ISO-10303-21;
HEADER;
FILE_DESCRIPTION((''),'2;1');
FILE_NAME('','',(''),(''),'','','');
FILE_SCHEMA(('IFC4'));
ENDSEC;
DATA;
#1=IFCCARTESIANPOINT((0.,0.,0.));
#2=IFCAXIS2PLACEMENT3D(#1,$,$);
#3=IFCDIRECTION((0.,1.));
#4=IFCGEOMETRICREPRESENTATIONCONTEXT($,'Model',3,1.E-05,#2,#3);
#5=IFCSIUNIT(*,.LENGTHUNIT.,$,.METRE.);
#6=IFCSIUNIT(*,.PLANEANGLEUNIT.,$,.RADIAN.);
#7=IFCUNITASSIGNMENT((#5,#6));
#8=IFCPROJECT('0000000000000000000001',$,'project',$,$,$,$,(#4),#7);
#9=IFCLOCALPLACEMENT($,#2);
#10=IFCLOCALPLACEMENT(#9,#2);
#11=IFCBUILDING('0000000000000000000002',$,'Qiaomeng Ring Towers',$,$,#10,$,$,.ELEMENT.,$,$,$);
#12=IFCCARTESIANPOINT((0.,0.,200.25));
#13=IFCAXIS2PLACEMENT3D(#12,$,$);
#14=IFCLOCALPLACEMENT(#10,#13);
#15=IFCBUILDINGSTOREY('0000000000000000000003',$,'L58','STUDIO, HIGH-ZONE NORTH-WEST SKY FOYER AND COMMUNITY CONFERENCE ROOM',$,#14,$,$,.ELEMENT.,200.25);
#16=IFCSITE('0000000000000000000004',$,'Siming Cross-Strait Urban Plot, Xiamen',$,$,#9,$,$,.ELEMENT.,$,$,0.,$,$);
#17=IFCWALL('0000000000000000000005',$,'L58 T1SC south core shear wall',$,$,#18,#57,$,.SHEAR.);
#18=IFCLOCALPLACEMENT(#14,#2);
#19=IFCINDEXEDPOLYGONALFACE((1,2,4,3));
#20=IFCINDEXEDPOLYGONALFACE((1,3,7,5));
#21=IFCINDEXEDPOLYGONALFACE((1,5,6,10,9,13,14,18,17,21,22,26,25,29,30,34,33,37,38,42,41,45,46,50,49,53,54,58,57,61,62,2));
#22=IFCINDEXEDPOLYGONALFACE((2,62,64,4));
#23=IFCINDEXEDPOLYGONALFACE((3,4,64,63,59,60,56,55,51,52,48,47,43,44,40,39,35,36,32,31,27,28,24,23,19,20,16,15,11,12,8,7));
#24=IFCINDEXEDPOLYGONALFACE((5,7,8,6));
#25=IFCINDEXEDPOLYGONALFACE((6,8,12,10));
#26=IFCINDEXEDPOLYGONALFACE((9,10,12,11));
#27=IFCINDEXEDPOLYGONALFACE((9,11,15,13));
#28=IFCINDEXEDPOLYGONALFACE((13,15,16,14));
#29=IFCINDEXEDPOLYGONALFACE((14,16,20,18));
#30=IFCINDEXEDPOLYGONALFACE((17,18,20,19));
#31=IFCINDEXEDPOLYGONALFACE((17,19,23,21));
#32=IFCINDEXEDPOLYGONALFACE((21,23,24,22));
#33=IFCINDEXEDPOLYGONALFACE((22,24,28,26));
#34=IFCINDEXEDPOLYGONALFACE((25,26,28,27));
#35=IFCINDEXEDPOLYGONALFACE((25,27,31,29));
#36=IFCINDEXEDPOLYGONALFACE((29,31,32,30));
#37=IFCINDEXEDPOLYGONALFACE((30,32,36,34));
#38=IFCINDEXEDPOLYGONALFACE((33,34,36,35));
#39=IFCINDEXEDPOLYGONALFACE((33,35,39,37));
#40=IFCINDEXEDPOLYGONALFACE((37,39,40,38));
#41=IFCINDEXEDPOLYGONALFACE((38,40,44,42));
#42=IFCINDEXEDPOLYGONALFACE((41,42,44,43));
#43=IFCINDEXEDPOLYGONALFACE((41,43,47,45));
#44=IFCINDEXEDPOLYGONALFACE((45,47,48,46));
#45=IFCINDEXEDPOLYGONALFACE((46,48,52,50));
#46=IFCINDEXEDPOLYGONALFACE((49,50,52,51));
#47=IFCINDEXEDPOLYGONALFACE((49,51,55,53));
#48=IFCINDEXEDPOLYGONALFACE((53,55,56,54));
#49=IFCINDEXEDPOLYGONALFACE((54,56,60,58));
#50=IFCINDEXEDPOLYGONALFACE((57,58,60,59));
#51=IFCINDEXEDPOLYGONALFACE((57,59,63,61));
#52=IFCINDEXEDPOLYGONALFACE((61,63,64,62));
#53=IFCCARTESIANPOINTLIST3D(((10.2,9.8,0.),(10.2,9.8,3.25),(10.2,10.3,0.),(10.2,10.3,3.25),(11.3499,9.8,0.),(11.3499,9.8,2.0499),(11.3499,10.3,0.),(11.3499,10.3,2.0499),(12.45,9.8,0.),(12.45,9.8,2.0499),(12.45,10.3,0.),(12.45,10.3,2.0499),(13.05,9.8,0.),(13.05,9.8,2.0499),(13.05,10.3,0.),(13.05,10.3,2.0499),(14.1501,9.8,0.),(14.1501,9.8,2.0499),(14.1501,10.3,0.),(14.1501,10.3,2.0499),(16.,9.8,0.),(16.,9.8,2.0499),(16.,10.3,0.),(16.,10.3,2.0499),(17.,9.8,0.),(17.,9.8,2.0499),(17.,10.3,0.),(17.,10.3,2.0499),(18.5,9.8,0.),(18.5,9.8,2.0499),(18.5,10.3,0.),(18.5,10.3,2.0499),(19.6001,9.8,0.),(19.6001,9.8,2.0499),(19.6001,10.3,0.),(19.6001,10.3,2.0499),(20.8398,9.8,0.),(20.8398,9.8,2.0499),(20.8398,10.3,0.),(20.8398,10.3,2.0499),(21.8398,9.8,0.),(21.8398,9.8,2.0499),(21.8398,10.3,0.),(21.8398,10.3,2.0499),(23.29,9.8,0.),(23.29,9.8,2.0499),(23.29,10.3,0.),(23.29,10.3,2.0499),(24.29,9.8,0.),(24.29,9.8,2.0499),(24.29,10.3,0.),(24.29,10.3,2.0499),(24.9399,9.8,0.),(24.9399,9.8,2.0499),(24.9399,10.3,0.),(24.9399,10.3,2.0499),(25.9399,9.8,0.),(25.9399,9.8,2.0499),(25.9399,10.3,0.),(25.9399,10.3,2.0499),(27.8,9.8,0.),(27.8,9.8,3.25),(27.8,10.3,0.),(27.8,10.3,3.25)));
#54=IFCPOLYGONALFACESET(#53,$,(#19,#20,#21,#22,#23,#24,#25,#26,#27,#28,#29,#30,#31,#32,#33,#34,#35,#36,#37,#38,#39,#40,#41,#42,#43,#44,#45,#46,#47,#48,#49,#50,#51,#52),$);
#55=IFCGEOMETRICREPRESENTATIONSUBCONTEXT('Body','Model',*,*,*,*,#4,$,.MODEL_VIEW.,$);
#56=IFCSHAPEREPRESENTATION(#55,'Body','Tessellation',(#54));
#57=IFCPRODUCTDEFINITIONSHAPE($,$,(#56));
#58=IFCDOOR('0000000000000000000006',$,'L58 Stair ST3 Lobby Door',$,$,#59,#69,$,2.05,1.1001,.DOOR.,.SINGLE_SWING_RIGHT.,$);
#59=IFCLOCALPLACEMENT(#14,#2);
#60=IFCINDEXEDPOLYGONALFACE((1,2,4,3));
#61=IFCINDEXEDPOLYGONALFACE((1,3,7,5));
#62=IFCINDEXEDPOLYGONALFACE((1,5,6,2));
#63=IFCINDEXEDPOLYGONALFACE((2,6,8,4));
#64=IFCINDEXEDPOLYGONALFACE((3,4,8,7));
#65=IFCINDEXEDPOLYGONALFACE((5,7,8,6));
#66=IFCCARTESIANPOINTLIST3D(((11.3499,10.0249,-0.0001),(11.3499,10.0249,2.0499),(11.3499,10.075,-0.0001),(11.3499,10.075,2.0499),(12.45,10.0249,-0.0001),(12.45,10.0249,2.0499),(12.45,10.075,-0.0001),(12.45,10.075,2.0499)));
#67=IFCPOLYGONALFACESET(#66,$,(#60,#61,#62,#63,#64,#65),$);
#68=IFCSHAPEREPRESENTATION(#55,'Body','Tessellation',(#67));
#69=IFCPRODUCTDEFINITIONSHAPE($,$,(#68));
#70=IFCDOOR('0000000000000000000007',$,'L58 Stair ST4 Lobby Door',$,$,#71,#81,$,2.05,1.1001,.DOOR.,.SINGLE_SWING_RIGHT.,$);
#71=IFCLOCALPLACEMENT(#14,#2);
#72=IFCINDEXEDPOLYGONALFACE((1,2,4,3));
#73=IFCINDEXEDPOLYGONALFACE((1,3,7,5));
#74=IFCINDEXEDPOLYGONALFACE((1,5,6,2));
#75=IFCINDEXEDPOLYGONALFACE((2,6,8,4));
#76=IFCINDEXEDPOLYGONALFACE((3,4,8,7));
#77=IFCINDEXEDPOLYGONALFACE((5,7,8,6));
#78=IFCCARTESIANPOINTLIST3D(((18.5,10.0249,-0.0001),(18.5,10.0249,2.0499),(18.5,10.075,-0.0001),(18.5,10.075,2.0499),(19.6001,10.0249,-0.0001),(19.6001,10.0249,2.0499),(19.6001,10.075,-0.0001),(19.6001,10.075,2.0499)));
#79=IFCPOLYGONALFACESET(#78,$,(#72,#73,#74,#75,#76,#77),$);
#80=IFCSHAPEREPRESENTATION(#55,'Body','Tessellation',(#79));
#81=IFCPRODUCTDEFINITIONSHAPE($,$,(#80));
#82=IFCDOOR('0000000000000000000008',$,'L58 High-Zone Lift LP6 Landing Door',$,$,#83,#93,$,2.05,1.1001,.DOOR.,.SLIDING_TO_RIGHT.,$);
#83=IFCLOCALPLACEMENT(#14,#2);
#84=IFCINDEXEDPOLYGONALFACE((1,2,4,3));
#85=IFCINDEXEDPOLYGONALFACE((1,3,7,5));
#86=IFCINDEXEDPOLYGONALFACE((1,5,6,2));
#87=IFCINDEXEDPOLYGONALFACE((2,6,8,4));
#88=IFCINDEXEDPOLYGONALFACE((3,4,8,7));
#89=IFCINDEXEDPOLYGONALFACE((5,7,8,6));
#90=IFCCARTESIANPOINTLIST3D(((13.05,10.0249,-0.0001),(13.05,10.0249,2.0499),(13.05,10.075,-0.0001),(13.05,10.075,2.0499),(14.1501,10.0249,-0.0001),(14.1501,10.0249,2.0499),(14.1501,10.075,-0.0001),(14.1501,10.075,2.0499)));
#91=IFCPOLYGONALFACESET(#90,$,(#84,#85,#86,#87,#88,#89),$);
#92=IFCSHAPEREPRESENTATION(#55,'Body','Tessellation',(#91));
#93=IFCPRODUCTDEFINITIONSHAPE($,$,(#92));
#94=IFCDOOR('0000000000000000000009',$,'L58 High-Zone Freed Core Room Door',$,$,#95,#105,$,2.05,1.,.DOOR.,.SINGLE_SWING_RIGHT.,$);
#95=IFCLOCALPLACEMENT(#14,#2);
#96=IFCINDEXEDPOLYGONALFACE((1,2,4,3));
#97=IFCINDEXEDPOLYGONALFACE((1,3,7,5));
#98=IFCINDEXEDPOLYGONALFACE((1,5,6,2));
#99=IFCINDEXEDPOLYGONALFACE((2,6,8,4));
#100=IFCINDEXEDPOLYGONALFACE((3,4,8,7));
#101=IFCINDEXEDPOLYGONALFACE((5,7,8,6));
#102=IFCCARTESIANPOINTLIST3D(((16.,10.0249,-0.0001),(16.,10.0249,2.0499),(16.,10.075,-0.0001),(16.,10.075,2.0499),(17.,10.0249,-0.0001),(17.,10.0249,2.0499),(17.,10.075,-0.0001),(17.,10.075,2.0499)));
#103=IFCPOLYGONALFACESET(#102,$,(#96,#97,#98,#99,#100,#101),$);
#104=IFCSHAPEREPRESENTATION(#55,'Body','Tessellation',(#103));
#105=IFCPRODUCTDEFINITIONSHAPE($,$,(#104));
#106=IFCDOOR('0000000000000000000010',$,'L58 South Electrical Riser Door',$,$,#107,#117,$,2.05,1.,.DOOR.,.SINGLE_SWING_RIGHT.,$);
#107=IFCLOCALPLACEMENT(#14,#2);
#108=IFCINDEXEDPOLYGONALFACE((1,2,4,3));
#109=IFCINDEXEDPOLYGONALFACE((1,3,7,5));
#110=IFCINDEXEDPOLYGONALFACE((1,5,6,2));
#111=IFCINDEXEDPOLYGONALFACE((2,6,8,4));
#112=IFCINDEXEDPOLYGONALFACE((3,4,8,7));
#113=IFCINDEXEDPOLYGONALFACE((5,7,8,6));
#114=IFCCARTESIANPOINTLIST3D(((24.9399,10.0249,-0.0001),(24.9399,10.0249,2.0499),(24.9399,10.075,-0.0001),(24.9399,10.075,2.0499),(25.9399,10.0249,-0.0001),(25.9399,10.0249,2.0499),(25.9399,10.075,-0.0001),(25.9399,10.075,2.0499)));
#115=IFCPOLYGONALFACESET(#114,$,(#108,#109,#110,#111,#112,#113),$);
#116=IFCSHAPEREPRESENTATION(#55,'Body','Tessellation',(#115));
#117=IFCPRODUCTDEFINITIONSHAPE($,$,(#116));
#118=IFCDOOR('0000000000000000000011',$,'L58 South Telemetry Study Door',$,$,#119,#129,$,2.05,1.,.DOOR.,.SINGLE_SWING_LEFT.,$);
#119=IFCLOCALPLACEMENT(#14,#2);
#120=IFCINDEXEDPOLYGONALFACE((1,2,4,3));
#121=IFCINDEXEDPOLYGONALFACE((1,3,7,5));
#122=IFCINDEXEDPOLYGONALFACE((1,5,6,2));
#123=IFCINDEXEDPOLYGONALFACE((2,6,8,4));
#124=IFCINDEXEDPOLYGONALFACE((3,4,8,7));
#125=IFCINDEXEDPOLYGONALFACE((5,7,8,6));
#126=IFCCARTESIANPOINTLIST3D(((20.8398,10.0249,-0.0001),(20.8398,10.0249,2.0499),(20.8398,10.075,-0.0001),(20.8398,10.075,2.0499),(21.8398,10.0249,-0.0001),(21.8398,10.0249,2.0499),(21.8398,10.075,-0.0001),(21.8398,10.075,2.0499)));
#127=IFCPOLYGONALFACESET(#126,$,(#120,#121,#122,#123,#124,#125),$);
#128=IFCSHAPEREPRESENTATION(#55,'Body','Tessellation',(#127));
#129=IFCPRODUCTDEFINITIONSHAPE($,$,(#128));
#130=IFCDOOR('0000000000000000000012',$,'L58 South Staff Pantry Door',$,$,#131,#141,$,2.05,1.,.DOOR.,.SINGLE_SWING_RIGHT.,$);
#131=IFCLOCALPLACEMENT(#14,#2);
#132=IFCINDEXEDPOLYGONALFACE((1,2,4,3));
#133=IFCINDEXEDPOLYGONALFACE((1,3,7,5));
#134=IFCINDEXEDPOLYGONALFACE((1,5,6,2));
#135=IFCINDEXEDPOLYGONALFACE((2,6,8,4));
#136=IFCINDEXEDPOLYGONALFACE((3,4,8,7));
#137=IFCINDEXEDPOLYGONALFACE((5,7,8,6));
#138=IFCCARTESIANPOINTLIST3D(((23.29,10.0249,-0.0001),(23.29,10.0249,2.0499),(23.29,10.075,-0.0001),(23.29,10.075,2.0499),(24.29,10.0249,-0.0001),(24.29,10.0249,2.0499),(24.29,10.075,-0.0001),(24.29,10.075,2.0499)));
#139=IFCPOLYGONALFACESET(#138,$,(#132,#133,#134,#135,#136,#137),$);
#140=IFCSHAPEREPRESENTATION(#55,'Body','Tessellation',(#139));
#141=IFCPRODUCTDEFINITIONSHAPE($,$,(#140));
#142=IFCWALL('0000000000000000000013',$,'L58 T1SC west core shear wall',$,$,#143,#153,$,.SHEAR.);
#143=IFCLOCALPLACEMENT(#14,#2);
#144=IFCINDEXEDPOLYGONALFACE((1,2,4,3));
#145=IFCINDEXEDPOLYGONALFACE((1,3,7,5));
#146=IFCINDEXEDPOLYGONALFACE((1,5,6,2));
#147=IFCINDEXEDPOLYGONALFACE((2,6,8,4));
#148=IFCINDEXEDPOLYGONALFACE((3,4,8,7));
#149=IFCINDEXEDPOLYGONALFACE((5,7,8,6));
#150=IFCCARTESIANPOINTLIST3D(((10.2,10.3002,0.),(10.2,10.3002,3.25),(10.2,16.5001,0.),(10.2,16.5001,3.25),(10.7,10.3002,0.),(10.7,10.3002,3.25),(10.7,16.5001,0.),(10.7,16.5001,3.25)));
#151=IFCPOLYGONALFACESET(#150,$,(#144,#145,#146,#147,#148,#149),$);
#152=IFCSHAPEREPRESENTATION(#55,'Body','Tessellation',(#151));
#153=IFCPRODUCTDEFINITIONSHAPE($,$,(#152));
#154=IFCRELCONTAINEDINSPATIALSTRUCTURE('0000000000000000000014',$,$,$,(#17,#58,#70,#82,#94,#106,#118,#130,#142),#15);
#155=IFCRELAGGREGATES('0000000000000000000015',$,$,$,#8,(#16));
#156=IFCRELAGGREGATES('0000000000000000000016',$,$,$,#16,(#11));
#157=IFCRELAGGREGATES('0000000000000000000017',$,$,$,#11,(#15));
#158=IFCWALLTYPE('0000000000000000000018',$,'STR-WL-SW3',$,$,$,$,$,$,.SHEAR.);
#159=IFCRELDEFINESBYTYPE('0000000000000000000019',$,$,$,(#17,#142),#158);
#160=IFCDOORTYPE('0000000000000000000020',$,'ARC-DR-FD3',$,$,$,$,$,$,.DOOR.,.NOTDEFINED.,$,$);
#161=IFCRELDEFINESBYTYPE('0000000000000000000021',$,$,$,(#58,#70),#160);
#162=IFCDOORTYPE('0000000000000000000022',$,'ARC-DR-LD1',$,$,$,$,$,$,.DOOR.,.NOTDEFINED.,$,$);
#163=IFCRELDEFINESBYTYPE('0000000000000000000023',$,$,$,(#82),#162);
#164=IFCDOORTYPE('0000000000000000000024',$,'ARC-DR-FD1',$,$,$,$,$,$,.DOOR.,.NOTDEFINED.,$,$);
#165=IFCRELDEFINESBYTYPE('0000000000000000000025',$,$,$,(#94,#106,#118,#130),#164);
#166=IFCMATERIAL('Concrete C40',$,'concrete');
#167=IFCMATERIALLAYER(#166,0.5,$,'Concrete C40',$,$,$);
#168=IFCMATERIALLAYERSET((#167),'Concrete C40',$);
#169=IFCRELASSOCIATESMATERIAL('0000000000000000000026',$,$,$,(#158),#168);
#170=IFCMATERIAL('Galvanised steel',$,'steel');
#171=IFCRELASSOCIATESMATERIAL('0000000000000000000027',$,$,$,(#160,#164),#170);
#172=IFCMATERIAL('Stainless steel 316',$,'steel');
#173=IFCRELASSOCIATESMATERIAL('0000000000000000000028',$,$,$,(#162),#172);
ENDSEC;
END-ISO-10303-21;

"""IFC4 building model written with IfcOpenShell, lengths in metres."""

from ifc_helpers import new_model, si_unit, direction, frame, frame_2d, origin, place, context, subcontext, project, spatial, rectangle, extrude, source, transform, mapped, material, layer, layer_set, type_object, element, fill, save


model = new_model("IFC4")

# Units and contexts
model_context = context("Model", 3, precision=1e-05, world=origin(), true_north=direction((0.0, 1.0)))
body_context = subcontext(model_context, "Body", "Model", "MODEL_VIEW")
ifc_project = project(units=[si_unit("LENGTHUNIT", "METRE"), si_unit("PLANEANGLEUNIT", "RADIAN")], contexts=[model_context])

# Site, building, storey
site_placement = place(None, origin())
site = spatial("IfcSite", under=ifc_project, at=site_placement, Name="Siming Cross-Strait Urban Plot, Xiamen", CompositionType="ELEMENT", RefElevation=0.0)
building_placement = place(site_placement, origin())
building = spatial("IfcBuilding", under=site, at=building_placement, Name="Qiaomeng Ring Towers", CompositionType="ELEMENT")
storey_placement = place(building_placement, frame((0.0, 0.0, 200.25)))
storey = spatial("IfcBuildingStorey", under=building, at=storey_placement, Name="L58", Description="STUDIO, HIGH-ZONE NORTH-WEST SKY FOYER AND COMMUNITY CONFERENCE ROOM", CompositionType="ELEMENT", Elevation=200.25)

# Shared definitions
shared_shape_1 = source(origin(), body_context, "Body", "SweptSolid", [
    extrude(rectangle(XDim=1.0, YDim=2.05, at=frame_2d((0.5, 1.0249))), frame((0.0, 0.0249, 0.0), z_axis=(0.0, -1.0, 0.0), x_axis=(1.0, 0.0, 0.0)), (0.0, 0.0, 1.0), 0.05),
])

# Shared definitions
ifc_material_1 = material(Name="Concrete C40", Category="concrete")

# Wall, openings, doors
ifc_layer_1 = layer(ifc_material_1, 0.5, Name="Concrete C40")
ifc_layer_set_1 = layer_set([ifc_layer_1], Name="Concrete C40")
wall_type_1 = type_object("IfcWallType", Name="STR-WL-SW3", PredefinedType="SHEAR", material=ifc_layer_set_1)
wall_1_placement = place(storey_placement, frame((10.2, 10.05, 0.0), z_axis=(0.0, 0.0, 1.0), x_axis=(1.0, 0.0, 0.0)))
wall_1 = element("IfcWall", 1, at=wall_1_placement, inside=storey, type_object=wall_type_1, Name="L58 T1SC south core shear wall", PredefinedType="SHEAR", context=body_context, shape_type="SweptSolid", body=[
    extrude(rectangle(XDim=17.6001, YDim=0.5, at=frame_2d((8.8, 0.0))), origin(), (0.0, 0.0, 1.0), 3.25),
])
opening_1_placement = place(wall_1_placement, frame((1.1499, 0.0, 0.0)))
opening_1 = element("IfcOpeningElement", 2, at=opening_1_placement, cuts=wall_1, PredefinedType="OPENING", context=body_context, shape_type="SweptSolid", body=[
    extrude(rectangle(XDim=1.1001, YDim=2.05, at=frame_2d((0.55, 1.0249))), frame((0.0, 0.26, 0.0), z_axis=(0.0, -1.0, 0.0), x_axis=(1.0, 0.0, 0.0)), (0.0, 0.0, 1.0), 0.52),
])
opening_2_placement = place(wall_1_placement, frame((8.3, 0.0, 0.0)))
opening_2 = element("IfcOpeningElement", 3, at=opening_2_placement, cuts=wall_1, PredefinedType="OPENING", context=body_context, shape_type="SweptSolid", body=[
    extrude(rectangle(XDim=1.1001, YDim=2.05, at=frame_2d((0.55, 1.0249))), frame((0.0, 0.26, 0.0), z_axis=(0.0, -1.0, 0.0), x_axis=(1.0, 0.0, 0.0)), (0.0, 0.0, 1.0), 0.52),
])
opening_3_placement = place(wall_1_placement, frame((2.8501, 0.0, 0.0)))
opening_3 = element("IfcOpeningElement", 4, at=opening_3_placement, cuts=wall_1, PredefinedType="OPENING", context=body_context, shape_type="SweptSolid", body=[
    extrude(rectangle(XDim=1.1001, YDim=2.05, at=frame_2d((0.55, 1.0249))), frame((0.0, 0.26, 0.0), z_axis=(0.0, -1.0, 0.0), x_axis=(1.0, 0.0, 0.0)), (0.0, 0.0, 1.0), 0.52),
])
opening_4_placement = place(wall_1_placement, frame((5.8, 0.0, 0.0)))
opening_4 = element("IfcOpeningElement", 5, at=opening_4_placement, cuts=wall_1, PredefinedType="OPENING", context=body_context, shape_type="SweptSolid", body=[
    extrude(rectangle(XDim=1.0, YDim=2.05, at=frame_2d((0.5, 1.0249))), frame((0.0, 0.26, 0.0), z_axis=(0.0, -1.0, 0.0), x_axis=(1.0, 0.0, 0.0)), (0.0, 0.0, 1.0), 0.52),
])
opening_5_placement = place(wall_1_placement, frame((14.74, 0.0, 0.0)))
opening_5 = element("IfcOpeningElement", 6, at=opening_5_placement, cuts=wall_1, PredefinedType="OPENING", context=body_context, shape_type="SweptSolid", body=[
    extrude(rectangle(XDim=1.0, YDim=2.05, at=frame_2d((0.5, 1.0249))), frame((0.0, 0.26, 0.0), z_axis=(0.0, -1.0, 0.0), x_axis=(1.0, 0.0, 0.0)), (0.0, 0.0, 1.0), 0.52),
])
opening_6_placement = place(wall_1_placement, frame((10.6399, 0.0, 0.0)))
opening_6 = element("IfcOpeningElement", 7, at=opening_6_placement, cuts=wall_1, PredefinedType="OPENING", context=body_context, shape_type="SweptSolid", body=[
    extrude(rectangle(XDim=1.0, YDim=2.05, at=frame_2d((0.5, 1.0249))), frame((0.0, 0.26, 0.0), z_axis=(0.0, -1.0, 0.0), x_axis=(1.0, 0.0, 0.0)), (0.0, 0.0, 1.0), 0.52),
])
opening_7_placement = place(wall_1_placement, frame((13.0901, 0.0, 0.0)))
opening_7 = element("IfcOpeningElement", 8, at=opening_7_placement, cuts=wall_1, PredefinedType="OPENING", context=body_context, shape_type="SweptSolid", body=[
    extrude(rectangle(XDim=1.0, YDim=2.05, at=frame_2d((0.5, 1.0249))), frame((0.0, 0.26, 0.0), z_axis=(0.0, -1.0, 0.0), x_axis=(1.0, 0.0, 0.0)), (0.0, 0.0, 1.0), 0.52),
])
ifc_material_2 = material(Name="Galvanised steel", Category="steel")
door_type_1 = type_object("IfcDoorType", Name="ARC-DR-FD3", OperationType="NOTDEFINED", PredefinedType="DOOR", material=ifc_material_2)
shared_shape_2 = source(origin(), body_context, "Body", "SweptSolid", [
    extrude(rectangle(XDim=1.1001, YDim=2.05, at=frame_2d((0.55, 1.0249))), frame((0.0, 0.0249, 0.0), z_axis=(0.0, -1.0, 0.0), x_axis=(1.0, 0.0, 0.0)), (0.0, 0.0, 1.0), 0.05),
])
door_1_placement = place(opening_1_placement, origin())
door_1 = element("IfcDoor", 9, at=door_1_placement, inside=storey, type_object=door_type_1, Name="L58 Stair ST3 Lobby Door", OperationType="SINGLE_SWING_RIGHT", OverallHeight=2.05, OverallWidth=1.1001, PredefinedType="DOOR", context=body_context, shape_type="MappedRepresentation", body=[
    mapped(shared_shape_2, transform((0.0, 0.0, 0.0), x_axis=(1.0, 0.0, 0.0), y_axis=(0.0, 1.0, 0.0), z_axis=(0.0, 0.0, 1.0), scale=1.0)),
])
fill(opening_1, door_1)
door_2_placement = place(opening_2_placement, origin())
door_2 = element("IfcDoor", 10, at=door_2_placement, inside=storey, type_object=door_type_1, Name="L58 Stair ST4 Lobby Door", OperationType="SINGLE_SWING_RIGHT", OverallHeight=2.05, OverallWidth=1.1001, PredefinedType="DOOR", context=body_context, shape_type="MappedRepresentation", body=[
    mapped(shared_shape_2, transform((0.0, 0.0, 0.0), x_axis=(1.0, 0.0, 0.0), y_axis=(0.0, 1.0, 0.0), z_axis=(0.0, 0.0, 1.0), scale=1.0)),
])
fill(opening_2, door_2)
ifc_material_3 = material(Name="Stainless steel 316", Category="steel")
door_type_2 = type_object("IfcDoorType", Name="ARC-DR-LD1", OperationType="NOTDEFINED", PredefinedType="DOOR", material=ifc_material_3)
door_3_placement = place(opening_3_placement, origin())
door_3 = element("IfcDoor", 11, at=door_3_placement, inside=storey, type_object=door_type_2, Name="L58 High-Zone Lift LP6 Landing Door", OperationType="SLIDING_TO_RIGHT", OverallHeight=2.05, OverallWidth=1.1001, PredefinedType="DOOR", context=body_context, shape_type="MappedRepresentation", body=[
    mapped(shared_shape_2, transform((0.0, 0.0, 0.0), x_axis=(1.0, 0.0, 0.0), y_axis=(0.0, 1.0, 0.0), z_axis=(0.0, 0.0, 1.0), scale=1.0)),
])
fill(opening_3, door_3)
door_type_3 = type_object("IfcDoorType", Name="ARC-DR-FD1", OperationType="NOTDEFINED", PredefinedType="DOOR", material=ifc_material_2)
door_4_placement = place(opening_4_placement, origin())
door_4 = element("IfcDoor", 12, at=door_4_placement, inside=storey, type_object=door_type_3, Name="L58 High-Zone Freed Core Room Door", OperationType="SINGLE_SWING_RIGHT", OverallHeight=2.05, OverallWidth=1.0, PredefinedType="DOOR", context=body_context, shape_type="MappedRepresentation", body=[
    mapped(shared_shape_1, transform((0.0, 0.0, 0.0), x_axis=(1.0, 0.0, 0.0), y_axis=(0.0, 1.0, 0.0), z_axis=(0.0, 0.0, 1.0), scale=1.0)),
])
fill(opening_4, door_4)
door_5_placement = place(opening_5_placement, origin())
door_5 = element("IfcDoor", 13, at=door_5_placement, inside=storey, type_object=door_type_3, Name="L58 South Electrical Riser Door", OperationType="SINGLE_SWING_RIGHT", OverallHeight=2.05, OverallWidth=1.0, PredefinedType="DOOR", context=body_context, shape_type="MappedRepresentation", body=[
    mapped(shared_shape_1, transform((0.0, 0.0, 0.0), x_axis=(1.0, 0.0, 0.0), y_axis=(0.0, 1.0, 0.0), z_axis=(0.0, 0.0, 1.0), scale=1.0)),
])
fill(opening_5, door_5)
door_6_placement = place(opening_6_placement, origin())
door_6 = element("IfcDoor", 14, at=door_6_placement, inside=storey, type_object=door_type_3, Name="L58 South Telemetry Study Door", OperationType="SINGLE_SWING_LEFT", OverallHeight=2.05, OverallWidth=1.0, PredefinedType="DOOR", context=body_context, shape_type="MappedRepresentation", body=[
    mapped(shared_shape_1, transform((0.0, 0.0, 0.0), x_axis=(1.0, 0.0, 0.0), y_axis=(0.0, 1.0, 0.0), z_axis=(0.0, 0.0, 1.0), scale=1.0)),
])
fill(opening_6, door_6)
door_7_placement = place(opening_7_placement, origin())
door_7 = element("IfcDoor", 15, at=door_7_placement, inside=storey, type_object=door_type_3, Name="L58 South Staff Pantry Door", OperationType="SINGLE_SWING_RIGHT", OverallHeight=2.05, OverallWidth=1.0, PredefinedType="DOOR", context=body_context, shape_type="MappedRepresentation", body=[
    mapped(shared_shape_1, transform((0.0, 0.0, 0.0), x_axis=(1.0, 0.0, 0.0), y_axis=(0.0, 1.0, 0.0), z_axis=(0.0, 0.0, 1.0), scale=1.0)),
])
fill(opening_7, door_7)

# Wall
wall_2_placement = place(storey_placement, frame((10.45, 10.3, 0.0), z_axis=(0.0, 0.0, 1.0), x_axis=(0.0, 1.0, 0.0)))
element("IfcWall", 16, at=wall_2_placement, inside=storey, type_object=wall_type_1, Name="L58 T1SC west core shear wall", PredefinedType="SHEAR", context=body_context, shape_type="SweptSolid", body=[
    extrude(rectangle(XDim=6.2, YDim=0.5, at=frame_2d((3.1001, 0.0))), origin(), (0.0, 0.0, 1.0), 3.25),
])

save(model, "model.ifc")
